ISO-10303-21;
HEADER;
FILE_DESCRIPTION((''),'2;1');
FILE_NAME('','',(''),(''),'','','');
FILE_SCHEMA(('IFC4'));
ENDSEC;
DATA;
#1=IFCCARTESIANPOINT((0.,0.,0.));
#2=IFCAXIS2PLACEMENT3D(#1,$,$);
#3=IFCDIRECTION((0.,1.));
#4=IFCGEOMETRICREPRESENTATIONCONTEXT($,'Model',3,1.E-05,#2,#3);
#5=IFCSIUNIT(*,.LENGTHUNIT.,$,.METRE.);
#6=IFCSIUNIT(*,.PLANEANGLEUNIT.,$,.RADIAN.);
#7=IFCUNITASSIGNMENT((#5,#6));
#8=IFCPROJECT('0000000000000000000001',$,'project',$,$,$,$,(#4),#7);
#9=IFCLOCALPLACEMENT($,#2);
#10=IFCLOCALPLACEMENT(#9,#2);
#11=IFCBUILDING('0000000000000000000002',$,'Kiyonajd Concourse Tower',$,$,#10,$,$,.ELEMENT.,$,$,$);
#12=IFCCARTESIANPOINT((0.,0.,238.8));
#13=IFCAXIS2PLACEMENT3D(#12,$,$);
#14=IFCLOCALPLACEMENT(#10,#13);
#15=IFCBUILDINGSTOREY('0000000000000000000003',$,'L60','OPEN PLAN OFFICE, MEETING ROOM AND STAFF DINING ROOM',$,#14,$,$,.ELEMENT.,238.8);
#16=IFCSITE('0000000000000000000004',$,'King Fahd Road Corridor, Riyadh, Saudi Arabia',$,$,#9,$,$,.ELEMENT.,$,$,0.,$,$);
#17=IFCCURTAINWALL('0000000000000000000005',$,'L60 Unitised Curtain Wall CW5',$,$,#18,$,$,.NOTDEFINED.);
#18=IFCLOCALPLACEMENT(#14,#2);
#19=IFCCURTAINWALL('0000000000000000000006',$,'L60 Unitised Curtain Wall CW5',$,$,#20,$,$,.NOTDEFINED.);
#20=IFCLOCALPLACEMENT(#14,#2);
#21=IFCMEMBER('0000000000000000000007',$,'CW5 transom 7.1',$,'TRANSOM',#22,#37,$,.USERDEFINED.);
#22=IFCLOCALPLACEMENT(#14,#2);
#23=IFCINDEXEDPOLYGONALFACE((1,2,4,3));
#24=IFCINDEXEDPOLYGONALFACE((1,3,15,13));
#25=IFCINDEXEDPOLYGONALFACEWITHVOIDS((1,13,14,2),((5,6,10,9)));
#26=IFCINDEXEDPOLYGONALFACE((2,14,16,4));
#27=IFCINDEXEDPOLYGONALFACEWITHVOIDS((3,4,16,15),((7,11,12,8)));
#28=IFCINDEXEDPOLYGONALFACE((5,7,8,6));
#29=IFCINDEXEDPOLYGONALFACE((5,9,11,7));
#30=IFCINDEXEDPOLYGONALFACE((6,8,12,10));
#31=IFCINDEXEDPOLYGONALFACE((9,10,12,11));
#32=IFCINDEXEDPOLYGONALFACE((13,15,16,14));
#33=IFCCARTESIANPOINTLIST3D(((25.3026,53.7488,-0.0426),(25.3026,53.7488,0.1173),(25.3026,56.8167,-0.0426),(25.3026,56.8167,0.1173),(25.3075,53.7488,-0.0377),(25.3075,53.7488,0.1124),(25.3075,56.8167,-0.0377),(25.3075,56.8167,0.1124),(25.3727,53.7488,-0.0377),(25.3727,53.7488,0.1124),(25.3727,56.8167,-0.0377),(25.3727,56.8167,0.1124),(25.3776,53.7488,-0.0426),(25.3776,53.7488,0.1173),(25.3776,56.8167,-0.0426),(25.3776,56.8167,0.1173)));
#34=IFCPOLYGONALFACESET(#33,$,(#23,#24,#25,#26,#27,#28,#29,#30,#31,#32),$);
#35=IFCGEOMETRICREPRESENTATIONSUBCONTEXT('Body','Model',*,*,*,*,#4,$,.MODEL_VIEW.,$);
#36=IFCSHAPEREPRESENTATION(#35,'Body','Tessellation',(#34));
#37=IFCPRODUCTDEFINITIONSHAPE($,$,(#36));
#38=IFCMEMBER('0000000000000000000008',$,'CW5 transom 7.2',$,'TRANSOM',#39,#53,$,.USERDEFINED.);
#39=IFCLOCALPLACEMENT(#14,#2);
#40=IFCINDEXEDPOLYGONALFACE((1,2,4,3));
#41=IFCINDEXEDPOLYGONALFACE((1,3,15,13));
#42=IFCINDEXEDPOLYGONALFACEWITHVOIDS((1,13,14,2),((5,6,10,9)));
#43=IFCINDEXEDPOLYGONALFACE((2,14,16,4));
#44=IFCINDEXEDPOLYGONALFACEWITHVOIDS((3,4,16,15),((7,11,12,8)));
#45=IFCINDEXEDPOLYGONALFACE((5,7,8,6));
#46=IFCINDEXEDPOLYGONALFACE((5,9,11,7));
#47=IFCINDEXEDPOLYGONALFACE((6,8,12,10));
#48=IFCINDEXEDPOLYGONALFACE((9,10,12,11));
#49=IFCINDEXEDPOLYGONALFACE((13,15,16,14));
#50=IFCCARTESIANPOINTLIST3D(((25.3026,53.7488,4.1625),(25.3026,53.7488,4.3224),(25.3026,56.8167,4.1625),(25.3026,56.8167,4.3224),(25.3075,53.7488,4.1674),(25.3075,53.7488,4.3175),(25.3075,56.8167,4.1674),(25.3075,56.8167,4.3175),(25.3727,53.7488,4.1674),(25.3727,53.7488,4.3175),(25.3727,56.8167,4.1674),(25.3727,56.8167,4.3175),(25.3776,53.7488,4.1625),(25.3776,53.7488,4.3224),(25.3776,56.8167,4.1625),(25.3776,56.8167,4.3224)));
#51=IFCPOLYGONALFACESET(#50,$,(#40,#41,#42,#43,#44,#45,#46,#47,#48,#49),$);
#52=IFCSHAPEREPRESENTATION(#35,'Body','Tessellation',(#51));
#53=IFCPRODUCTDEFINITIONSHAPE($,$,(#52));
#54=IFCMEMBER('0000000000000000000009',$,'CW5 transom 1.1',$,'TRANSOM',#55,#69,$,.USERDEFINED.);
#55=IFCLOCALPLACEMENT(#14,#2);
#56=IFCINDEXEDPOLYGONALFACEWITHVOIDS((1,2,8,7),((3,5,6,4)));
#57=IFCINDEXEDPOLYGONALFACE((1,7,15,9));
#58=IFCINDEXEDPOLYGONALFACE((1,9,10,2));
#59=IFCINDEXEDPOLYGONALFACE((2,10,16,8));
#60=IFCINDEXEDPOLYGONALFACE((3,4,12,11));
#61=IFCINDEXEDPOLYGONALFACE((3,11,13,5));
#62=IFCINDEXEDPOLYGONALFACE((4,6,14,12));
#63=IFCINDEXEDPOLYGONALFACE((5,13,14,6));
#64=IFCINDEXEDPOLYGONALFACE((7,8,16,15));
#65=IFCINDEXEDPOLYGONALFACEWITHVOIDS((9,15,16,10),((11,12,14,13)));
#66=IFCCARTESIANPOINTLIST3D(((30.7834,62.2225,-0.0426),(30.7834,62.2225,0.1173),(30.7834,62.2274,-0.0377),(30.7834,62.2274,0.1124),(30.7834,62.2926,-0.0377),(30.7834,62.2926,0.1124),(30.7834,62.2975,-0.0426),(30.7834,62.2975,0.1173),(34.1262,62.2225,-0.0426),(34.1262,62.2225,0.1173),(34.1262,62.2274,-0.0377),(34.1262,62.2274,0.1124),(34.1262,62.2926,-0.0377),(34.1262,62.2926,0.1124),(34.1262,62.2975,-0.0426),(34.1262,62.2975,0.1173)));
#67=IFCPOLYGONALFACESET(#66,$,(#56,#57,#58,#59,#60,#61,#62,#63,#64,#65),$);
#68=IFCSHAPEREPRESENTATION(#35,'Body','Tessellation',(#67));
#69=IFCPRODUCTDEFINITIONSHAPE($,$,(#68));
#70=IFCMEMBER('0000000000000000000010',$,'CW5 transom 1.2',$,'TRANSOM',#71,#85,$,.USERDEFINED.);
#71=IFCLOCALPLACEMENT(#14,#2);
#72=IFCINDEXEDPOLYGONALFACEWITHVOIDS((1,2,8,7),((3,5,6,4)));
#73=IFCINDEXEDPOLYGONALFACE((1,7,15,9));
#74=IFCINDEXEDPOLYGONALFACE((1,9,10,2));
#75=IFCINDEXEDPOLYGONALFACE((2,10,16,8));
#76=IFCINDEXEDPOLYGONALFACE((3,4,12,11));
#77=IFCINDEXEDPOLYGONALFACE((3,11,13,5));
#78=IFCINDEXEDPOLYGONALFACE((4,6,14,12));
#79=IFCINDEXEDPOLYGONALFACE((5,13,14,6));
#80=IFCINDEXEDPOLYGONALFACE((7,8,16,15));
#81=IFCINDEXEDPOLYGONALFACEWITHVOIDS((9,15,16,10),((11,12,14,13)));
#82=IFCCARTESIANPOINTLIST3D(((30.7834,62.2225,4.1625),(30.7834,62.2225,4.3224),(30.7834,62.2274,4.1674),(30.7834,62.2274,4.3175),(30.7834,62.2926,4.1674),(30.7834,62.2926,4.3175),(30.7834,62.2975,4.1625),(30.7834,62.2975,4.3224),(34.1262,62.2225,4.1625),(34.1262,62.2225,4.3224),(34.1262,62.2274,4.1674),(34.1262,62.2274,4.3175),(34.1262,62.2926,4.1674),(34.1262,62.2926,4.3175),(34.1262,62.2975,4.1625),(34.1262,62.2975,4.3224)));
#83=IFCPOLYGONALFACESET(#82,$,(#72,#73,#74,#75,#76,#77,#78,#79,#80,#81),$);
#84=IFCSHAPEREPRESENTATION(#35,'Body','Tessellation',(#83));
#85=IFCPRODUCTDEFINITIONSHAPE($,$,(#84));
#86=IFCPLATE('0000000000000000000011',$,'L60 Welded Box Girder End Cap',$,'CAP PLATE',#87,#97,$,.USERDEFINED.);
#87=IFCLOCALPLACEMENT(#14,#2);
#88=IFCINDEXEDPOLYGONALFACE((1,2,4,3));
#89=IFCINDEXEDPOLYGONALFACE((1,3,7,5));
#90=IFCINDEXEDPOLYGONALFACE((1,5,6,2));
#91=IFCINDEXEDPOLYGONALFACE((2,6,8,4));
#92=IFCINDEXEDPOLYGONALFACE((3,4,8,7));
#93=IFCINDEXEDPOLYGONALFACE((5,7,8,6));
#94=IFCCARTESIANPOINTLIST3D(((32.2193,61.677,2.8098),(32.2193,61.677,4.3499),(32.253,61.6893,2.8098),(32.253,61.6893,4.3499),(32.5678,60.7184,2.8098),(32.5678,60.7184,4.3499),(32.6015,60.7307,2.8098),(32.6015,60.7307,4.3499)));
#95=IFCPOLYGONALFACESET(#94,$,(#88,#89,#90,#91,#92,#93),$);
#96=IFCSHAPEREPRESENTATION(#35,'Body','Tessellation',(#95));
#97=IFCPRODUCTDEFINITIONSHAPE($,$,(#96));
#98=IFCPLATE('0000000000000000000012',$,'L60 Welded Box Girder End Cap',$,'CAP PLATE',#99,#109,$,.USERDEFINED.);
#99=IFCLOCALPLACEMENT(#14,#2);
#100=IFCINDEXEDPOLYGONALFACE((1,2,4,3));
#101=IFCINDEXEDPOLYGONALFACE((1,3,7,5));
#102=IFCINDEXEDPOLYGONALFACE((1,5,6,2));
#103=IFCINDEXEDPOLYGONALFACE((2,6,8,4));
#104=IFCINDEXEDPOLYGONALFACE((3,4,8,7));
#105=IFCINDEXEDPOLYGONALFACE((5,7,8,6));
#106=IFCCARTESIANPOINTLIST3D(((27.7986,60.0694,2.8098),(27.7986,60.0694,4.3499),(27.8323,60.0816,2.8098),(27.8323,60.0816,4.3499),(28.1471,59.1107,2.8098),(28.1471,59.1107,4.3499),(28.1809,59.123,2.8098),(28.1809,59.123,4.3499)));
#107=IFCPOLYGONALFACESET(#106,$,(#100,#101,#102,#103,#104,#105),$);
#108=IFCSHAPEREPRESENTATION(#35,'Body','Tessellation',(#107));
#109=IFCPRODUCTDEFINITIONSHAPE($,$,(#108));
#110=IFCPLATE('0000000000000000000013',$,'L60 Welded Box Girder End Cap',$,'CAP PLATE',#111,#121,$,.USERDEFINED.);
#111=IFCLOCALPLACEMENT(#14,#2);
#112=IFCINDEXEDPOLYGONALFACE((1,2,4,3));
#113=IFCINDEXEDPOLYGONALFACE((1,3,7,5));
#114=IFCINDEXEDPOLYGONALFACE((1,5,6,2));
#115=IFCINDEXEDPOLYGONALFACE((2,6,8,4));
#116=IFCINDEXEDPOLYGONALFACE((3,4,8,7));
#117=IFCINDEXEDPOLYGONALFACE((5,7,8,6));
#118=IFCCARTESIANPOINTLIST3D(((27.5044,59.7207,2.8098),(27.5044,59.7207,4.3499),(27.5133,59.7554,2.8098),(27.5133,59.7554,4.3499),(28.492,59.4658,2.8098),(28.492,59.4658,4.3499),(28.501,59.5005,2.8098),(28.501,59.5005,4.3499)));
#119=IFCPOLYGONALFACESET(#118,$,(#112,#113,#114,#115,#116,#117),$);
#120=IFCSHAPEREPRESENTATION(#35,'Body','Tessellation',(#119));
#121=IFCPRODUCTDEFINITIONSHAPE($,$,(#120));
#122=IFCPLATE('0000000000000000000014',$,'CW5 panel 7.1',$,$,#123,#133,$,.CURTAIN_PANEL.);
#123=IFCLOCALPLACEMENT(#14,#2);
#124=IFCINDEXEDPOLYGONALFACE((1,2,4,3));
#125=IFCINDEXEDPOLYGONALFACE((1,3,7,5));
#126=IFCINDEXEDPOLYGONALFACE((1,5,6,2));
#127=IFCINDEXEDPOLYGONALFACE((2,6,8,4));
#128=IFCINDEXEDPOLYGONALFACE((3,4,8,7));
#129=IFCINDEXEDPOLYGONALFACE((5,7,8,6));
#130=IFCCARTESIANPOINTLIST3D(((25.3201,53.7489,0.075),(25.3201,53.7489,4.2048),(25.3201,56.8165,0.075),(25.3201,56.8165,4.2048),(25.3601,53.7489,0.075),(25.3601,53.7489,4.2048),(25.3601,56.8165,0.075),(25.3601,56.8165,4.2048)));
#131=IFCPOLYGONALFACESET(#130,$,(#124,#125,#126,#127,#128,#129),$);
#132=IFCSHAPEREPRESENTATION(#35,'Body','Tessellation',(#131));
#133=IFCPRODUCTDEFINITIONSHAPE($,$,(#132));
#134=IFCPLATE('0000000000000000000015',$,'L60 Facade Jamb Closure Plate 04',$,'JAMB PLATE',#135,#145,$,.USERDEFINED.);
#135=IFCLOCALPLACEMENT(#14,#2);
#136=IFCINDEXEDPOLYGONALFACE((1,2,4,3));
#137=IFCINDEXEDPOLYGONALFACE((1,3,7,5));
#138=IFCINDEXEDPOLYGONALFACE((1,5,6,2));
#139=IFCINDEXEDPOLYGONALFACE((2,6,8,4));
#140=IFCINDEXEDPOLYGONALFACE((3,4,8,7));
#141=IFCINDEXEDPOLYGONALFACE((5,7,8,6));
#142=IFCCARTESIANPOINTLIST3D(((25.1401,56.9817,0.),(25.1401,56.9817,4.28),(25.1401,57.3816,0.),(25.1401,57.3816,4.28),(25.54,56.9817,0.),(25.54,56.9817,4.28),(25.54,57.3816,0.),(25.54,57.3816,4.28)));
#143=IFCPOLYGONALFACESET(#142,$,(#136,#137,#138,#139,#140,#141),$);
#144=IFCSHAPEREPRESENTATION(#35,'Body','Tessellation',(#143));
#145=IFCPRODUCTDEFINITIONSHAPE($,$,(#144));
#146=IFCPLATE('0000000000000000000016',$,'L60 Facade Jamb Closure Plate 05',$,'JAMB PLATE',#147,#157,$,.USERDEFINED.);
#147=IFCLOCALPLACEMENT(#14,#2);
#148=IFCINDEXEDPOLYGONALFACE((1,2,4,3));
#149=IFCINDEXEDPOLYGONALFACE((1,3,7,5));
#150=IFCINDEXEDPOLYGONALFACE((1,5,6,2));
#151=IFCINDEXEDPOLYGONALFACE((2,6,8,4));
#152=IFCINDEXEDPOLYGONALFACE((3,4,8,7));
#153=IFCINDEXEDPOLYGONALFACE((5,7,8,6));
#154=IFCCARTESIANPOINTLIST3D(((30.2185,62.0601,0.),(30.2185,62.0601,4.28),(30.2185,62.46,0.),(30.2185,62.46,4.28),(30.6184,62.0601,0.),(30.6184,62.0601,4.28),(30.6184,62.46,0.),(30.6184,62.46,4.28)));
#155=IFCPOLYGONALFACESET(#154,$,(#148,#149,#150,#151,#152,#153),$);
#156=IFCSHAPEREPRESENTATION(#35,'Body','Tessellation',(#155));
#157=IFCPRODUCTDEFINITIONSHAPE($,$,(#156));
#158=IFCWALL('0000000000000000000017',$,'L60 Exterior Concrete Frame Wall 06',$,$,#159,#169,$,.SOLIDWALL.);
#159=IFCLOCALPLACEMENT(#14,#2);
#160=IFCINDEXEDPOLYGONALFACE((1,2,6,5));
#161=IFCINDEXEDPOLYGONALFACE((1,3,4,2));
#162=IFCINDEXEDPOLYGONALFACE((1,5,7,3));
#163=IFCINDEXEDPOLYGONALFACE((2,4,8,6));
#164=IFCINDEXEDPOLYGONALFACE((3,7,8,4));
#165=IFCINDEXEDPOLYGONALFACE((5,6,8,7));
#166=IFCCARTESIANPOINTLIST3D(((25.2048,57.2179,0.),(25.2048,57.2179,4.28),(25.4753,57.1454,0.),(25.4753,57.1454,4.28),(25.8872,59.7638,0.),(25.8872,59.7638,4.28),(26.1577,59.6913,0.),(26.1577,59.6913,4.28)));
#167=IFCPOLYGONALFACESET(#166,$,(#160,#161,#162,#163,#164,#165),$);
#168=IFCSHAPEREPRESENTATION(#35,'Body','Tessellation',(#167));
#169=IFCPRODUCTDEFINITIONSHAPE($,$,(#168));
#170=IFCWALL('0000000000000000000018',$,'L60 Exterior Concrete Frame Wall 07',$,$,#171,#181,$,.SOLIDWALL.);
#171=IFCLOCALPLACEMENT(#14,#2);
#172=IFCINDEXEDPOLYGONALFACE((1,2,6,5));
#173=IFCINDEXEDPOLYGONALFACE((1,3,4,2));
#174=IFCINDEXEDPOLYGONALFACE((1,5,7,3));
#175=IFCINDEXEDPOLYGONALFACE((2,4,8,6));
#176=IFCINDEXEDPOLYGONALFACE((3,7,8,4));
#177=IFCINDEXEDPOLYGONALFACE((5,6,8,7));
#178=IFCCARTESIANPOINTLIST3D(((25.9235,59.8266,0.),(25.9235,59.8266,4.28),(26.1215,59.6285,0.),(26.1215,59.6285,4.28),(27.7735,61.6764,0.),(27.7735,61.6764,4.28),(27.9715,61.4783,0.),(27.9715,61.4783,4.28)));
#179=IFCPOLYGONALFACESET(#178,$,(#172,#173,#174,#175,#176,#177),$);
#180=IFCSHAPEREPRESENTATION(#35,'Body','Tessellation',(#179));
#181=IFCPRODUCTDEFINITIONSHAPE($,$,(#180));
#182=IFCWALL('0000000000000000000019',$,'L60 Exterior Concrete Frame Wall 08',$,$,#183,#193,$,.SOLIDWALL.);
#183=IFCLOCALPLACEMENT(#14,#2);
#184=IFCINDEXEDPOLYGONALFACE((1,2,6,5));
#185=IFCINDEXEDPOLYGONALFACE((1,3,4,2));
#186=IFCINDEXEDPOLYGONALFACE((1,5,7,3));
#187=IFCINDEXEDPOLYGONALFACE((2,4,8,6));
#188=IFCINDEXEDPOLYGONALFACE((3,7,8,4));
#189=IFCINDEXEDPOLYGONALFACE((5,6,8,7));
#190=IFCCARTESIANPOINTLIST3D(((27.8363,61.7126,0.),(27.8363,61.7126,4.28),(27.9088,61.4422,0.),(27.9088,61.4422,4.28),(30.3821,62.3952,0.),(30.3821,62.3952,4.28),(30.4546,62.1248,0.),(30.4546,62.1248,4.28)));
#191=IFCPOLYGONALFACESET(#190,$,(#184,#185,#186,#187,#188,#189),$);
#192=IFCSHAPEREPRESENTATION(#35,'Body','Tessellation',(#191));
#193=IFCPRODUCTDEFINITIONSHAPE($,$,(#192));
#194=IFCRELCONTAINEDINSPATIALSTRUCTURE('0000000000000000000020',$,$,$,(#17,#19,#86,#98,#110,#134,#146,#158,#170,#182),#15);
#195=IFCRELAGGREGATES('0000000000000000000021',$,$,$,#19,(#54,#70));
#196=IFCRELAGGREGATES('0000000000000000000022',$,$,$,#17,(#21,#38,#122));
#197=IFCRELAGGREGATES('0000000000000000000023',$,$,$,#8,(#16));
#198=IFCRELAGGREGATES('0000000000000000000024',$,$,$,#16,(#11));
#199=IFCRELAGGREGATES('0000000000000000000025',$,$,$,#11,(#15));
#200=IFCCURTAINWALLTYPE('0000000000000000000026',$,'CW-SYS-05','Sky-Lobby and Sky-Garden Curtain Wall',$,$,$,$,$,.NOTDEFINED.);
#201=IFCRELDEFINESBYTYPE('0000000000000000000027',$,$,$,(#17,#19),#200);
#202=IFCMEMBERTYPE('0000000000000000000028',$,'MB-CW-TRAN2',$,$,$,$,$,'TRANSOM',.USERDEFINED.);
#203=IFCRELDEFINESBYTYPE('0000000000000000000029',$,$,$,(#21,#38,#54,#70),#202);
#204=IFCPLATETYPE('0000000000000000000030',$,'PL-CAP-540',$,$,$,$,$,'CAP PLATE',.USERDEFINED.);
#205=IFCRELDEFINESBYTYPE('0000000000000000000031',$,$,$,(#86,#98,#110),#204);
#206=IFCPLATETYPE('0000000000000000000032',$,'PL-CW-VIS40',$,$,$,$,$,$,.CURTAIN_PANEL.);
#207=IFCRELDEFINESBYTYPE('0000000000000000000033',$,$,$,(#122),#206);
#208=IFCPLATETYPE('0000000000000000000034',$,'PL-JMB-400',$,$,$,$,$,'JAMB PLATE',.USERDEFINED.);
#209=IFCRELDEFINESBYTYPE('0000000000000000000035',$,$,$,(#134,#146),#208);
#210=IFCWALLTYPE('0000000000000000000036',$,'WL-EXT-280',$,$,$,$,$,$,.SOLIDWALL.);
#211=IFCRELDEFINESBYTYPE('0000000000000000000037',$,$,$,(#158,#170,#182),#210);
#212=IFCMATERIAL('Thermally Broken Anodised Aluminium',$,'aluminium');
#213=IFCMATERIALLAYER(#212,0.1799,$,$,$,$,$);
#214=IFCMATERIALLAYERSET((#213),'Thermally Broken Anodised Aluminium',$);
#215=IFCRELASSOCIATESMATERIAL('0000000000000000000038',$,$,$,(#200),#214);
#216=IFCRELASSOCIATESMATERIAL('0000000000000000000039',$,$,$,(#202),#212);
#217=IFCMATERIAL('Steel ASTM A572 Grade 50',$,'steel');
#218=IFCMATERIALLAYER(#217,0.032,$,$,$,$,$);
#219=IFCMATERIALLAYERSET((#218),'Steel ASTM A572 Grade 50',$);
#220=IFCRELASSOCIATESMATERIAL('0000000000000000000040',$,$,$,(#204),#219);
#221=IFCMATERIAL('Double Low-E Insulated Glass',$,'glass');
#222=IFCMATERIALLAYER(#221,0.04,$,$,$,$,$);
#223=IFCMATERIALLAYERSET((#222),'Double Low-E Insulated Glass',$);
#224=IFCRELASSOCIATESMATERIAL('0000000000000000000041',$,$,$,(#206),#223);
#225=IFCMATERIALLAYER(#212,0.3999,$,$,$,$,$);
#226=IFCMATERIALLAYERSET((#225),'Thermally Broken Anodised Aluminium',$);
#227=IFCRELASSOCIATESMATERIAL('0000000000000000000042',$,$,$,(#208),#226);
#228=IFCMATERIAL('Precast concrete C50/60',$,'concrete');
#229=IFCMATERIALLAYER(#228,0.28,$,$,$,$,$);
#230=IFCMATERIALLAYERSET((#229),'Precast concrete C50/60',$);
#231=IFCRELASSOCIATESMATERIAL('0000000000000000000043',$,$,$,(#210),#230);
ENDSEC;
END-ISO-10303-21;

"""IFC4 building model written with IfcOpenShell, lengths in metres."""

from ifc_helpers import new_model, si_unit, direction, frame, frame_2d, origin, origin_2d, place, context, subcontext, project, spatial, rectangle, hollow_rectangle, extrude, material, layer, layer_set, material_profile, profile_set, type_object, element, aggregate, save


model = new_model("IFC4")

# Units and contexts
model_context = context("Model", 3, precision=1e-05, world=origin(), true_north=direction((0.0, 1.0)))
body_context = subcontext(model_context, "Body", "Model", "MODEL_VIEW")
ifc_project = project(units=[si_unit("LENGTHUNIT", "METRE"), si_unit("PLANEANGLEUNIT", "RADIAN")], contexts=[model_context])

# Site, building, storey
site_placement = place(None, origin())
site = spatial("IfcSite", under=ifc_project, at=site_placement, Name="King Fahd Road Corridor, Riyadh, Saudi Arabia", CompositionType="ELEMENT", RefElevation=0.0)
building_placement = place(site_placement, origin())
building = spatial("IfcBuilding", under=site, at=building_placement, Name="Kiyonajd Concourse Tower", CompositionType="ELEMENT")
storey_placement = place(building_placement, frame((0.0, 0.0, 238.8)))
storey = spatial("IfcBuildingStorey", under=building, at=storey_placement, Name="L60", Description="OPEN PLAN OFFICE, MEETING ROOM AND STAFF DINING ROOM", CompositionType="ELEMENT", Elevation=238.8)

# Shared definitions
ifc_material_1 = material(Name="Steel ASTM A572 Grade 50", Category="steel")

# Curtain wall
ifc_material_2 = material(Name="Thermally Broken Anodised Aluminium", Category="aluminium")
ifc_layer_1 = layer(ifc_material_2, 0.1799)
ifc_layer_set_1 = layer_set([ifc_layer_1], Name="Thermally Broken Anodised Aluminium")
curtain_wall_type = type_object("IfcCurtainWallType", Name="CW-SYS-05", Description="Sky-Lobby and Sky-Garden Curtain Wall", PredefinedType="NOTDEFINED", material=ifc_layer_set_1)
curtain_wall_1_placement = place(storey_placement, origin())
curtain_wall_1 = element("IfcCurtainWall", 1, at=curtain_wall_1_placement, inside=storey, type_object=curtain_wall_type, Name="L60 Unitised Curtain Wall CW5", PredefinedType="NOTDEFINED")

# Curtain wall
curtain_wall_2_placement = place(storey_placement, origin())
curtain_wall_2 = element("IfcCurtainWall", 2, at=curtain_wall_2_placement, inside=storey, type_object=curtain_wall_type, Name="L60 Unitised Curtain Wall CW5", PredefinedType="NOTDEFINED")

# Members
ifc_material_profile_1 = material_profile(ifc_material_2, hollow_rectangle(XDim=0.075, YDim=0.1599, WallThickness=0.0049, at=origin_2d()), Name="TRAN-75x160")
ifc_profile_set_1 = profile_set([ifc_material_profile_1], Name="Thermally Broken Anodised Aluminium")
member_type_1 = type_object("IfcMemberType", Name="MB-CW-TRAN2", ElementType="TRANSOM", PredefinedType="USERDEFINED", material=ifc_profile_set_1)
member_1_placement = place(storey_placement, frame((25.3401, 53.7488, 0.0374), z_axis=(0.0, 1.0, 0.0), x_axis=(-1.0, 0.0, 0.0)))
member_1 = element("IfcMember", 3, at=member_1_placement, type_object=member_type_1, Name="CW5 transom 7.1", ObjectType="TRANSOM", PredefinedType="USERDEFINED", context=body_context, shape_type="SweptSolid", body=[
    extrude(hollow_rectangle(XDim=0.075, YDim=0.1599, WallThickness=0.0049, at=origin_2d()), origin(), (0.0, 0.0, 1.0), 3.0679),
])
member_2_placement = place(storey_placement, frame((25.3401, 53.7488, 4.2424), z_axis=(0.0, 1.0, 0.0), x_axis=(-1.0, 0.0, 0.0)))
member_2 = element("IfcMember", 4, at=member_2_placement, type_object=member_type_1, Name="CW5 transom 7.2", ObjectType="TRANSOM", PredefinedType="USERDEFINED", context=body_context, shape_type="SweptSolid", body=[
    extrude(hollow_rectangle(XDim=0.075, YDim=0.1599, WallThickness=0.0049, at=origin_2d()), origin(), (0.0, 0.0, 1.0), 3.0679),
])
member_3_placement = place(storey_placement, frame((30.7834, 62.26, 0.0374), z_axis=(1.0, 0.0, 0.0), x_axis=(0.0, 1.0, 0.0)))
member_3 = element("IfcMember", 5, at=member_3_placement, type_object=member_type_1, Name="CW5 transom 1.1", ObjectType="TRANSOM", PredefinedType="USERDEFINED", context=body_context, shape_type="SweptSolid", body=[
    extrude(hollow_rectangle(XDim=0.075, YDim=0.1599, WallThickness=0.0049, at=origin_2d()), origin(), (0.0, 0.0, 1.0), 3.3428),
])
member_4_placement = place(storey_placement, frame((30.7834, 62.26, 4.2424), z_axis=(1.0, 0.0, 0.0), x_axis=(0.0, 1.0, 0.0)))
member_4 = element("IfcMember", 6, at=member_4_placement, type_object=member_type_1, Name="CW5 transom 1.2", ObjectType="TRANSOM", PredefinedType="USERDEFINED", context=body_context, shape_type="SweptSolid", body=[
    extrude(hollow_rectangle(XDim=0.075, YDim=0.1599, WallThickness=0.0049, at=origin_2d()), origin(), (0.0, 0.0, 1.0), 3.3428),
])
aggregate(curtain_wall_2, [member_3, member_4])

# Plates
ifc_layer_2 = layer(ifc_material_1, 0.032)
ifc_layer_set_2 = layer_set([ifc_layer_2], Name="Steel ASTM A572 Grade 50")
plate_type_1 = type_object("IfcPlateType", Name="PL-CAP-540", ElementType="CAP PLATE", PredefinedType="USERDEFINED", material=ifc_layer_set_2)
for number, where, z_axis, x_axis, name in (
    (7, (32.4104, 61.2039, 2.8098), (0.0, 0.0, 1.0), (0.939812, 0.341692, 0.0), "L60 Welded Box Girder End Cap"),
    (8, (27.9897, 59.5962, 2.8098), (0.0, 0.0, 1.0), (-0.939812, -0.341692, 0.0), "L60 Welded Box Girder End Cap"),
    (9, (28.0027, 59.6106, 2.8098), (0.0, 0.0, 1.0), (0.249873, 0.968279, 0.0), "L60 Welded Box Girder End Cap"),
):
    element("IfcPlate", number, at=place(storey_placement, frame(where, z_axis=z_axis, x_axis=x_axis)), inside=storey, type_object=plate_type_1, Name=name, ObjectType="CAP PLATE", PredefinedType="USERDEFINED", context=body_context, shape_type="SweptSolid", body=[
        extrude(rectangle(XDim=0.0359, YDim=1.02, at=origin_2d()), origin(), (0.0, 0.0, 1.0), 1.54),
    ])

# Plate
ifc_material_3 = material(Name="Double Low-E Insulated Glass", Category="glass")
ifc_layer_3 = layer(ifc_material_3, 0.04)
ifc_layer_set_3 = layer_set([ifc_layer_3], Name="Double Low-E Insulated Glass")
plate_type_2 = type_object("IfcPlateType", Name="PL-CW-VIS40", PredefinedType="CURTAIN_PANEL", material=ifc_layer_set_3)
plate_placement = place(storey_placement, frame((25.3401, 55.2827, 0.075), z_axis=(0.0, 0.0, 1.0), x_axis=(0.0, 1.0, 0.0)))
plate = element("IfcPlate", 10, at=plate_placement, type_object=plate_type_2, Name="CW5 panel 7.1", PredefinedType="CURTAIN_PANEL", context=body_context, shape_type="SweptSolid", body=[
    extrude(rectangle(XDim=3.0676, YDim=0.04, at=origin_2d()), origin(), (0.0, 0.0, 1.0), 4.1299),
])
aggregate(curtain_wall_1, [member_1, member_2, plate])

# Plates
ifc_layer_4 = layer(ifc_material_2, 0.3999)
ifc_layer_set_4 = layer_set([ifc_layer_4], Name="Thermally Broken Anodised Aluminium")
plate_type_3 = type_object("IfcPlateType", Name="PL-JMB-400", ElementType="JAMB PLATE", PredefinedType="USERDEFINED", material=ifc_layer_set_4)
for number, where, z_axis, x_axis, name in (
    (11, (25.3401, 57.1816, 0.0), (0.0, 0.0, 1.0), (1.0, 0.0, 0.0), "L60 Facade Jamb Closure Plate 04"),
    (12, (30.4185, 62.26, 0.0), (0.0, 0.0, 1.0), (1.0, 0.0, 0.0), "L60 Facade Jamb Closure Plate 05"),
):
    element("IfcPlate", number, at=place(storey_placement, frame(where, z_axis=z_axis, x_axis=x_axis)), inside=storey, type_object=plate_type_3, Name=name, ObjectType="JAMB PLATE", PredefinedType="USERDEFINED", context=body_context, shape_type="SweptSolid", body=[
        extrude(rectangle(XDim=0.3999, YDim=0.3999, at=origin_2d()), origin(), (0.0, 0.0, 1.0), 4.28),
    ])

# Walls
ifc_material_4 = material(Name="Precast concrete C50/60", Category="concrete")
ifc_layer_5 = layer(ifc_material_4, 0.28)
ifc_layer_set_5 = layer_set([ifc_layer_5], Name="Precast concrete C50/60")
wall_type = type_object("IfcWallType", Name="WL-EXT-280", PredefinedType="SOLIDWALL", material=ifc_layer_set_5)
wall_1_placement = place(storey_placement, frame((25.3401, 57.1816, 0.0), z_axis=(0.0, 0.0, 1.0), x_axis=(0.25889, 0.965907, 0.0)))
element("IfcWall", 13, at=wall_1_placement, inside=storey, type_object=wall_type, Name="L60 Exterior Concrete Frame Wall 06", PredefinedType="SOLIDWALL", context=body_context, shape_type="SweptSolid", body=[
    extrude(rectangle(XDim=2.6357, YDim=0.28, at=frame_2d((1.3179, 0.0))), origin(), (0.0, 0.0, 1.0), 4.28),
])
wall_2_placement = place(storey_placement, frame((26.0225, 59.7275, 0.0), z_axis=(0.0, 0.0, 1.0), x_axis=(0.707153, 0.70706, 0.0)))
element("IfcWall", 14, at=wall_2_placement, inside=storey, type_object=wall_type, Name="L60 Exterior Concrete Frame Wall 07", PredefinedType="SOLIDWALL", context=body_context, shape_type="SweptSolid", body=[
    extrude(rectangle(XDim=2.6162, YDim=0.28, at=frame_2d((1.3081, 0.0))), origin(), (0.0, 0.0, 1.0), 4.28),
])
wall_3_placement = place(storey_placement, frame((27.8726, 61.5774, 0.0), z_axis=(0.0, 0.0, 1.0), x_axis=(0.965884, 0.258977, 0.0)))
element("IfcWall", 15, at=wall_3_placement, inside=storey, type_object=wall_type, Name="L60 Exterior Concrete Frame Wall 08", PredefinedType="SOLIDWALL", context=body_context, shape_type="SweptSolid", body=[
    extrude(rectangle(XDim=2.6357, YDim=0.28, at=frame_2d((1.3179, 0.0))), origin(), (0.0, 0.0, 1.0), 4.28),
])

save(model, "model.ifc")
